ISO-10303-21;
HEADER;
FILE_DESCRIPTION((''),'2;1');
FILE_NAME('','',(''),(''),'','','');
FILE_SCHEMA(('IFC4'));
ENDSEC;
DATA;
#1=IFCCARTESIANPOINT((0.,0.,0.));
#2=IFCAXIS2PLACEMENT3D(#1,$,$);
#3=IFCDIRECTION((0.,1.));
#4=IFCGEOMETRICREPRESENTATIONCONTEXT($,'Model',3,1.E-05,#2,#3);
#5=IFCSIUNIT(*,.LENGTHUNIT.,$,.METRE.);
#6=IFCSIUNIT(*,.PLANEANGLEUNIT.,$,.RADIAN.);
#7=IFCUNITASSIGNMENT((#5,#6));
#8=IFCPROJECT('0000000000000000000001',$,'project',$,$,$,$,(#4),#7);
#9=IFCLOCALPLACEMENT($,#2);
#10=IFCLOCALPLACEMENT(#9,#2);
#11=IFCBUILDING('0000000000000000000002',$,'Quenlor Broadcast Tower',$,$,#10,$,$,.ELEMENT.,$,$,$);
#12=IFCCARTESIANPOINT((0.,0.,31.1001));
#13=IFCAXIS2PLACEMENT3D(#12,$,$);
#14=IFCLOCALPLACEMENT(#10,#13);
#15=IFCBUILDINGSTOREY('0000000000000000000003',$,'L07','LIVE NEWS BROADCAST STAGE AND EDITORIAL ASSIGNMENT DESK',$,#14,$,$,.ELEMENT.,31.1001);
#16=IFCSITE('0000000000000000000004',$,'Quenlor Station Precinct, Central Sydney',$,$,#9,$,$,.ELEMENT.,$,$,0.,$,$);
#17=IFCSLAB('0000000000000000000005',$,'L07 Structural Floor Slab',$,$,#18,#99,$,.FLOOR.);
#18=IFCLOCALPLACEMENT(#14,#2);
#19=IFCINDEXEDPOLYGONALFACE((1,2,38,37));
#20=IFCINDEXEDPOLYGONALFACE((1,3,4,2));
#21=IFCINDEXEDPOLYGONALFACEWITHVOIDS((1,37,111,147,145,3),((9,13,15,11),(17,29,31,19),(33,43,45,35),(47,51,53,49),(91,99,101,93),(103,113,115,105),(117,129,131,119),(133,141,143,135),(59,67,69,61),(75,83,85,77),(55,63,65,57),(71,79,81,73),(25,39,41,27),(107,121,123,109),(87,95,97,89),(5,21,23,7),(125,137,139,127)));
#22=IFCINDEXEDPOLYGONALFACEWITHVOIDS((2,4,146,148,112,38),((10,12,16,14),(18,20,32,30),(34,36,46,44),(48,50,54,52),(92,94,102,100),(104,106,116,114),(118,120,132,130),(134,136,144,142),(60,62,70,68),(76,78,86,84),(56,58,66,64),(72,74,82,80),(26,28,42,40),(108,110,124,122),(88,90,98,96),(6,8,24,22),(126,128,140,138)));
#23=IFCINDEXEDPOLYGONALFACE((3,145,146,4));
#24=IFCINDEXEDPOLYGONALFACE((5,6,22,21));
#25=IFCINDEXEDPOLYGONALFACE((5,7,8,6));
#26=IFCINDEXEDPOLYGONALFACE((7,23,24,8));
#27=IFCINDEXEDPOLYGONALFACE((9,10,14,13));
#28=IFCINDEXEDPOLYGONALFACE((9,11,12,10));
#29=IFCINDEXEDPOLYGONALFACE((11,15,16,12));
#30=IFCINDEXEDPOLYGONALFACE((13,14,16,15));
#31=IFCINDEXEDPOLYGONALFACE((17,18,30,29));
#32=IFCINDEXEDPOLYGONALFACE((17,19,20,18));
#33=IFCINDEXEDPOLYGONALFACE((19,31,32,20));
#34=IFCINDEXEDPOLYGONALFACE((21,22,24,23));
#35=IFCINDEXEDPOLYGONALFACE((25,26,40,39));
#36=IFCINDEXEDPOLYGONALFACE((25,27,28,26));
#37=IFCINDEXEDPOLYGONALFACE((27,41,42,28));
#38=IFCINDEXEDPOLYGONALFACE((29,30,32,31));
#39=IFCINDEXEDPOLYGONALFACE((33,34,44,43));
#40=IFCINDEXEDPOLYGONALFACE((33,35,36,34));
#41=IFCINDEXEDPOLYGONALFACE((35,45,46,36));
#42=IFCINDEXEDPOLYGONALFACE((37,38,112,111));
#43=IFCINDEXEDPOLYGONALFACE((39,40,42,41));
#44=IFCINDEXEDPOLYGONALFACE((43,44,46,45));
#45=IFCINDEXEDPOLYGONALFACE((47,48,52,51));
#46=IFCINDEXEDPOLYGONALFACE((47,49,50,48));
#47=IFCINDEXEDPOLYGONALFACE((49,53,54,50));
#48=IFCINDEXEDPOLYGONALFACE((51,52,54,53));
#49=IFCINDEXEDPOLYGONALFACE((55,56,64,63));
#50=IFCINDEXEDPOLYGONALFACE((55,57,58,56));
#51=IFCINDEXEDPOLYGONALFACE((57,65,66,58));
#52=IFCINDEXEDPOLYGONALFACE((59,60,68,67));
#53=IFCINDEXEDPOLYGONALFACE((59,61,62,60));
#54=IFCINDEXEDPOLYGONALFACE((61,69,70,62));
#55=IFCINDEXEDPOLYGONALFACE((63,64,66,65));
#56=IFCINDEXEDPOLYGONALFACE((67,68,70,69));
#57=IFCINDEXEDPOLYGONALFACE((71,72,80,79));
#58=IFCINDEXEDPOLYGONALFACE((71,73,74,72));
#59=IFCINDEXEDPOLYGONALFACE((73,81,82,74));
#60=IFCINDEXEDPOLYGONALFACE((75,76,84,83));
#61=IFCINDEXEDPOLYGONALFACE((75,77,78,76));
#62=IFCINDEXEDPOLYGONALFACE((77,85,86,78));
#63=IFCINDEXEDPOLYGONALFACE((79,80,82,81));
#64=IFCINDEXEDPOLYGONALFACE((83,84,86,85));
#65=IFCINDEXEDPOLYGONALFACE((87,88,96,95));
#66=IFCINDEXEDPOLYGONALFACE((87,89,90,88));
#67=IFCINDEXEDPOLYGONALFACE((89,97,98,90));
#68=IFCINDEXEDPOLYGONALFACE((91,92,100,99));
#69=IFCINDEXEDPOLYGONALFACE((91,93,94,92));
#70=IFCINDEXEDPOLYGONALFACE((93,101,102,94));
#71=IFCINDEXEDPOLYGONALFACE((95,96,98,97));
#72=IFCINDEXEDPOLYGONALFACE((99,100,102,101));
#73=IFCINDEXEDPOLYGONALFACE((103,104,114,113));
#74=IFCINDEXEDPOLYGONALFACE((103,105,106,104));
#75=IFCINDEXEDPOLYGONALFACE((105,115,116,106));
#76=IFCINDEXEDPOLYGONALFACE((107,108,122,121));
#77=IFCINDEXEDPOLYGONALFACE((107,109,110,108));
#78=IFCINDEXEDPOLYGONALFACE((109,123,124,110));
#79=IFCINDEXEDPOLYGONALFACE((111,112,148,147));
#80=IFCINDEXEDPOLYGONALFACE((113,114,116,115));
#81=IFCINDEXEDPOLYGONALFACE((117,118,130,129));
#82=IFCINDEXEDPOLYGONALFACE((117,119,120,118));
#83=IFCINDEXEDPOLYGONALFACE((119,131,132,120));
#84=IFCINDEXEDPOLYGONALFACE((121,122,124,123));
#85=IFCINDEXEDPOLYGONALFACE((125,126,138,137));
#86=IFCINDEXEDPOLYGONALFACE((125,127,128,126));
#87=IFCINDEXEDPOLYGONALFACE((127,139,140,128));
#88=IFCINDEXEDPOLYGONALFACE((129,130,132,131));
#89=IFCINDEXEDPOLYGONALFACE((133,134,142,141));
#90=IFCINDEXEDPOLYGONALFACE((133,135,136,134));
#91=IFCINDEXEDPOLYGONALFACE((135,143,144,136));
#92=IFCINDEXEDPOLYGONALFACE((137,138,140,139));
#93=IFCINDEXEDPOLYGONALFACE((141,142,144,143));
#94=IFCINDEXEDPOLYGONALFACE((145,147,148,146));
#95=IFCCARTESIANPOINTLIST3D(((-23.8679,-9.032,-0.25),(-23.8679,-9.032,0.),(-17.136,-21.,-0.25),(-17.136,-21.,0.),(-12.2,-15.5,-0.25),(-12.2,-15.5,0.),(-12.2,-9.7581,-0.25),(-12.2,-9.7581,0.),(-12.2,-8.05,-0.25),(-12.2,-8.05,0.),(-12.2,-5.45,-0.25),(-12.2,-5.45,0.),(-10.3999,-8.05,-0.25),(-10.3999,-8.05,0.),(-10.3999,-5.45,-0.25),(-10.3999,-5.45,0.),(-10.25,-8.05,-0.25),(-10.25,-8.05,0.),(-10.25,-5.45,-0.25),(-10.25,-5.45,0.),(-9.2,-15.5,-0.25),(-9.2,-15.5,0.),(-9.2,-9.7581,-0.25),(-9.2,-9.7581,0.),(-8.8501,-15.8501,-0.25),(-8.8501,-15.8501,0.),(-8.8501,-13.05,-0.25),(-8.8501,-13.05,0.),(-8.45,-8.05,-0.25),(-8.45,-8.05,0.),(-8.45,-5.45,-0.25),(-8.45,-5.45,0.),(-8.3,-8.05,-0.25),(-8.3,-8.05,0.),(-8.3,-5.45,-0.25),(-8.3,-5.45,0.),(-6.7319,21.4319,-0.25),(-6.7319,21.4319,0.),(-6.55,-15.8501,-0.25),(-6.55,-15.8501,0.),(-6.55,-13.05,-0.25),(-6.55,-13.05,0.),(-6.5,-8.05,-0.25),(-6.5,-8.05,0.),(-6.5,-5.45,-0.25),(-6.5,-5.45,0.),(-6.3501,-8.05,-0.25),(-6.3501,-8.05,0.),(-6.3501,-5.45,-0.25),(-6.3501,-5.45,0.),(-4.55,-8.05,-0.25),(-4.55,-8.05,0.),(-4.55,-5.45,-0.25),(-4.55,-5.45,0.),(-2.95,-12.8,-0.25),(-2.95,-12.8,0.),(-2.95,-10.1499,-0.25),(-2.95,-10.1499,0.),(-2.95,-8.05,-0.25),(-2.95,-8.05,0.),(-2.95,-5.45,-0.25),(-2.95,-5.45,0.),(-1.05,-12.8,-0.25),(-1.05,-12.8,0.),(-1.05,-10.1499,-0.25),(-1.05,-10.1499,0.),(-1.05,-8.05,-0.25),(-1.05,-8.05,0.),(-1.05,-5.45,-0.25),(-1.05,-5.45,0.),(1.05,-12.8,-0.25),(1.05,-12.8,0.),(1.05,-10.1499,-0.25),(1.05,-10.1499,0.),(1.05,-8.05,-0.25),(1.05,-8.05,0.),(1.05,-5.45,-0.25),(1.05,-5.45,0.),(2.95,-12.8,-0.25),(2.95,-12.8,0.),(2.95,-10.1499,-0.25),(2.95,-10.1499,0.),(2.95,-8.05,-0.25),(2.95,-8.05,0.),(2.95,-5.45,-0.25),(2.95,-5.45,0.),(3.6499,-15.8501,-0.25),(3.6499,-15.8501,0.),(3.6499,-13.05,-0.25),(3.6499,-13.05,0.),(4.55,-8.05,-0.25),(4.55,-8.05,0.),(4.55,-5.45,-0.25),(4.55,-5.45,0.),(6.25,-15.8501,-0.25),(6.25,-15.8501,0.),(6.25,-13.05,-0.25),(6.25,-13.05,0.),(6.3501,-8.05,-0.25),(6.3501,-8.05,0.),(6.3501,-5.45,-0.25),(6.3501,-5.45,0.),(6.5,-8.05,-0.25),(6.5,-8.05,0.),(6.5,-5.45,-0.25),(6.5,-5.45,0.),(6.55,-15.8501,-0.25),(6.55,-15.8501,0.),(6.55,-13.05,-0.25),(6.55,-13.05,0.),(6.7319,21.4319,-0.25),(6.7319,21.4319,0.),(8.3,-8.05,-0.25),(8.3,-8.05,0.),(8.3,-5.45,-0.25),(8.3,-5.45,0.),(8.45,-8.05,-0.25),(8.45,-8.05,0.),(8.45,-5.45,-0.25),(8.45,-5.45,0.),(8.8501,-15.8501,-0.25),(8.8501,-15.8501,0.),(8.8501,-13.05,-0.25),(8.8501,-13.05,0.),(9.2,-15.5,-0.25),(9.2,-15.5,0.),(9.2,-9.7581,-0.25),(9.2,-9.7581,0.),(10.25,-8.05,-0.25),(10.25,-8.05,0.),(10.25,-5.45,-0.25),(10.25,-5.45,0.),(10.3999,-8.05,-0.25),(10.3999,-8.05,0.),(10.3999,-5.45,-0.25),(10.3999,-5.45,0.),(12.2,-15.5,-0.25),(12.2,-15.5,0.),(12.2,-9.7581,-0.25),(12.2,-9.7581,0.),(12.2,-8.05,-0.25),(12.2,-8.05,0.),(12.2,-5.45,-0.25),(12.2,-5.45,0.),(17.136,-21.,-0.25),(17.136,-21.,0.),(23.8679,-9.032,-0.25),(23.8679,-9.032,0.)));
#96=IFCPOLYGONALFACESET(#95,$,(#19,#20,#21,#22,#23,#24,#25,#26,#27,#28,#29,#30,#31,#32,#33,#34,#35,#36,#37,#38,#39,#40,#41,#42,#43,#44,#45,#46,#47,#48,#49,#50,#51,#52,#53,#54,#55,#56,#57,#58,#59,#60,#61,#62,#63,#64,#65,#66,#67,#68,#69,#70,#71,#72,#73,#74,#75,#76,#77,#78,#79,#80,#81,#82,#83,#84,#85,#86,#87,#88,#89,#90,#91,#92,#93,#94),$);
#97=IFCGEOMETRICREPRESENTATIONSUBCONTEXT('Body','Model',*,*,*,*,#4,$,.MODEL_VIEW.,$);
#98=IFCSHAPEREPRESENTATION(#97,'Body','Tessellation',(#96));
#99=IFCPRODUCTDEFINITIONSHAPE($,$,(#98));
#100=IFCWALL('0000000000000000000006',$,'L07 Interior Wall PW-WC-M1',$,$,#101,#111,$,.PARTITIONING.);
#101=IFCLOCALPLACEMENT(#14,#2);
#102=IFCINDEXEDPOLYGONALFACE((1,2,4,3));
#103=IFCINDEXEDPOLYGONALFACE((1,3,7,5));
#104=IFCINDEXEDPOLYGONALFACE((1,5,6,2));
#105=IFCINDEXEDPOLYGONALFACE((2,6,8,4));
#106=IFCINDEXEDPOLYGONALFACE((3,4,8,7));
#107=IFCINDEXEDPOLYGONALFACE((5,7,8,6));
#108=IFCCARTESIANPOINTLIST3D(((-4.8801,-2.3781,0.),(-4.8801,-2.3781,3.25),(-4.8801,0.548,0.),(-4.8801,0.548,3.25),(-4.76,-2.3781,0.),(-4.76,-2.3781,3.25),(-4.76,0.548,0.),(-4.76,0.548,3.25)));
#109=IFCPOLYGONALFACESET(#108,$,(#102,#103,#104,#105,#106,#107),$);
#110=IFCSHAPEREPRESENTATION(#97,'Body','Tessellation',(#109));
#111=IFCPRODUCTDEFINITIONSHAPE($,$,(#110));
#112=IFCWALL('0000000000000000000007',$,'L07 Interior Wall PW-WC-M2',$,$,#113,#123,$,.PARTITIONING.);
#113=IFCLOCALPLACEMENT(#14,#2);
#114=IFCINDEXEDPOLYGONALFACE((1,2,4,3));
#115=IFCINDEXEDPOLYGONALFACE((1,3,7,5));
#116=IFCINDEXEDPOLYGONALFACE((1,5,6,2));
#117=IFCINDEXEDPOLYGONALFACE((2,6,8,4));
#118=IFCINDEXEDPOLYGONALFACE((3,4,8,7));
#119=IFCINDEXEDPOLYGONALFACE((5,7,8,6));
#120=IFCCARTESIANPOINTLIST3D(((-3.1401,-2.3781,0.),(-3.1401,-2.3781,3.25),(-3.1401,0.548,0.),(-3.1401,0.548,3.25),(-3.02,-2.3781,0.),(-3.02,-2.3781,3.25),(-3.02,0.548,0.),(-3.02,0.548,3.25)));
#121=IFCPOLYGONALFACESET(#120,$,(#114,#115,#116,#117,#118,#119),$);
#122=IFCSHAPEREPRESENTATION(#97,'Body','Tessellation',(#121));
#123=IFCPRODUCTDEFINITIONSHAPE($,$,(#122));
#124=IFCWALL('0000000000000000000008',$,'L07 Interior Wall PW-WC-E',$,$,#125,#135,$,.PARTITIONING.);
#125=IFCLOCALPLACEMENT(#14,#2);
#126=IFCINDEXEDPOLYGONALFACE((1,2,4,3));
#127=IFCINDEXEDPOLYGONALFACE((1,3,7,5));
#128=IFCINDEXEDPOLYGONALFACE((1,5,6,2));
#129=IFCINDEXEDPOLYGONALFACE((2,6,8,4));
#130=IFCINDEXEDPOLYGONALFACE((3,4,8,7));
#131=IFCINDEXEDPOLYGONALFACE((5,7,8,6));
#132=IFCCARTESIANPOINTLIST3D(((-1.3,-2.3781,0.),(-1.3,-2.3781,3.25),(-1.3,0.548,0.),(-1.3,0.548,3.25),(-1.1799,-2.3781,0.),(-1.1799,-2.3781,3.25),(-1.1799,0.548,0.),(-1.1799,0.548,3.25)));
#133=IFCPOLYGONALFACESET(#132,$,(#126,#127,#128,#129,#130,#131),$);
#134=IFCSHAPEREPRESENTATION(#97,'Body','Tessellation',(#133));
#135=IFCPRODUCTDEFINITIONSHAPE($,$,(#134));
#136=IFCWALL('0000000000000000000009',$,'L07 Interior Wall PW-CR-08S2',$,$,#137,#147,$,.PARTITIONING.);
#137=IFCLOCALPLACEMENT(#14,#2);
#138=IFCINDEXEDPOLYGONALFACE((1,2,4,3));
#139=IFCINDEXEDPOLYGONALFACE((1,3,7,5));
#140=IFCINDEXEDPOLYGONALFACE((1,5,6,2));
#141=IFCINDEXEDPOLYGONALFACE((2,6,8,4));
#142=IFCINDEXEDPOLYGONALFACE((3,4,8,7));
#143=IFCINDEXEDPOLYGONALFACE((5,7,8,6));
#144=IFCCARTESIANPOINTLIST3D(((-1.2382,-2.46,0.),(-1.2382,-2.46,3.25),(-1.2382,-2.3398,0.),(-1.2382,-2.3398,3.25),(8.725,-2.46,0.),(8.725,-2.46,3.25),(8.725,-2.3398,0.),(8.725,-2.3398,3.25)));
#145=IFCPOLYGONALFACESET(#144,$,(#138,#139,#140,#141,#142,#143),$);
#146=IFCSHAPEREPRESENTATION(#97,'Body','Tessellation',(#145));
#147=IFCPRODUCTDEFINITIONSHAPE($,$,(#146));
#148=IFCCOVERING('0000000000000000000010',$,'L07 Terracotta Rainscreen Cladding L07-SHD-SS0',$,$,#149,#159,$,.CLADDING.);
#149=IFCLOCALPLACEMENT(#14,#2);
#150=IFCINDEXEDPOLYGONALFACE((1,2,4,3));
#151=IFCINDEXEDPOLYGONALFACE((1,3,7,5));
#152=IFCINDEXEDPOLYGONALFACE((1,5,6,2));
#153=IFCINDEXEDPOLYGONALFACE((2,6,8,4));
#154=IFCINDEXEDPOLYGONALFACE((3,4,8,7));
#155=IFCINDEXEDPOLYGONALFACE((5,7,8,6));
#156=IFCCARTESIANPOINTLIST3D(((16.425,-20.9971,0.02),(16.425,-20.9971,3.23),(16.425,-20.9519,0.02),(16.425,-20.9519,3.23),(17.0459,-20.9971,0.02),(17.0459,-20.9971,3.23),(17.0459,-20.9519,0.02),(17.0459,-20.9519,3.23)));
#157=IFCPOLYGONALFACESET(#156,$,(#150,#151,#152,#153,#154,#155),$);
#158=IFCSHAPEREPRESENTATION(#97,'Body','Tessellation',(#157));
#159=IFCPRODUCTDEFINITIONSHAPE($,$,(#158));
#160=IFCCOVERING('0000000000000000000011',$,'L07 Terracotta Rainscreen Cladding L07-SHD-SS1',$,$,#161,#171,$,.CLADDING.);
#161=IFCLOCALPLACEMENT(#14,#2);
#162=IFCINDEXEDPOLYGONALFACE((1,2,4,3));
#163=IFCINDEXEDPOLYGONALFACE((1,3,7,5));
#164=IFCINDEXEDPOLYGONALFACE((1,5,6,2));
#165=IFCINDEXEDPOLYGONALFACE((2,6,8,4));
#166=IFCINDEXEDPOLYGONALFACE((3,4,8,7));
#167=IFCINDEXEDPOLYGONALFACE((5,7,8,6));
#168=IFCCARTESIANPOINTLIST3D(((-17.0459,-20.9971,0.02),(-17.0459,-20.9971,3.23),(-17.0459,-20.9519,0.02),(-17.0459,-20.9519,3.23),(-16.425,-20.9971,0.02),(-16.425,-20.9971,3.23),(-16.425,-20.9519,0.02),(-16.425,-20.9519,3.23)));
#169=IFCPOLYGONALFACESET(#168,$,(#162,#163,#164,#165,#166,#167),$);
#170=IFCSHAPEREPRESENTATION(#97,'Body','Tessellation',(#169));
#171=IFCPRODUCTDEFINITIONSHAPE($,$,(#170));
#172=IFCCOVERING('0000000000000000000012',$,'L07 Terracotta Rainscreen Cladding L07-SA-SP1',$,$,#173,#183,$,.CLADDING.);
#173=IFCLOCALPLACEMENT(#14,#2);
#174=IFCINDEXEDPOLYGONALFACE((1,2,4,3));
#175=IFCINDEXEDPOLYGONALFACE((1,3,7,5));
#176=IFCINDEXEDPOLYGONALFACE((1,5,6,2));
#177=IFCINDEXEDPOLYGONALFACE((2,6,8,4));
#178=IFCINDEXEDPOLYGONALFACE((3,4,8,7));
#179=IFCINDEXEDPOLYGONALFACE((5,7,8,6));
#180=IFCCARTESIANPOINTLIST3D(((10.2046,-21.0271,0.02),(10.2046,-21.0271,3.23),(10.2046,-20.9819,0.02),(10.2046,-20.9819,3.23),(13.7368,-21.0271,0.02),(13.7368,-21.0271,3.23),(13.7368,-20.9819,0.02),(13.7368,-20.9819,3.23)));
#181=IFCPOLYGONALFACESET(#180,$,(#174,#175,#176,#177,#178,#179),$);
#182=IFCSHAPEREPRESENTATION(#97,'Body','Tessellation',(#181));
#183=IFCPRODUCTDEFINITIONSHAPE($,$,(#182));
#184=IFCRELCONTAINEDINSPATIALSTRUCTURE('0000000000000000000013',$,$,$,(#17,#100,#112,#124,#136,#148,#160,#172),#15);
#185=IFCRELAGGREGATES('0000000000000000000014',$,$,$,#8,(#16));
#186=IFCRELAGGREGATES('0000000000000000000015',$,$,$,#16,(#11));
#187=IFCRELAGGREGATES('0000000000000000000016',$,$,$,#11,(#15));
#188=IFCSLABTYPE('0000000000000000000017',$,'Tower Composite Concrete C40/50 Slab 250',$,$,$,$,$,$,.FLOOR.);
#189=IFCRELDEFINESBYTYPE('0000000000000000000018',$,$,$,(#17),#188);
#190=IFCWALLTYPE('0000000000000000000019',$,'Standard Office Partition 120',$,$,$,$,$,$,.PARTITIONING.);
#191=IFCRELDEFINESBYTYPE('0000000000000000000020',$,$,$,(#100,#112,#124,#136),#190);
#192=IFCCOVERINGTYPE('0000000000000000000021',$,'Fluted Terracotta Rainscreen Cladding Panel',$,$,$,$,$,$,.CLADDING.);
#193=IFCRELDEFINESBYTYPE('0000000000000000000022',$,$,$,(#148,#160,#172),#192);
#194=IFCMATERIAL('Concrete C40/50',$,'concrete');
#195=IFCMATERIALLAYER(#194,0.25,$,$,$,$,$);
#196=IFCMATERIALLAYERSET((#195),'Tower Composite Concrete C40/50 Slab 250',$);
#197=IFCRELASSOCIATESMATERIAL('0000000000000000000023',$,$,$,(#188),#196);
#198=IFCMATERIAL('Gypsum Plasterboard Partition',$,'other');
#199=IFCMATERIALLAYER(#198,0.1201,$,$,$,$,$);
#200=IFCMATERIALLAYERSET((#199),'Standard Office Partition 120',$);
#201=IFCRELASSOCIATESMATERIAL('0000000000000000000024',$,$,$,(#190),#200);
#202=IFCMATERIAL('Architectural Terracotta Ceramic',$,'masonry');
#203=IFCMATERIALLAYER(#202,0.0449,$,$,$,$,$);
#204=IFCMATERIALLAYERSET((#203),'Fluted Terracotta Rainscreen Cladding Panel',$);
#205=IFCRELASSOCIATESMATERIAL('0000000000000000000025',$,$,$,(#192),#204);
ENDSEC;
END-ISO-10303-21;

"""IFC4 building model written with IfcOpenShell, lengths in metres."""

from ifc_helpers import new_model, si_unit, direction, frame, frame_2d, origin, place, context, subcontext, project, spatial, polyline, rectangle, outline, extrude, material, layer, layer_set, type_object, element, save


model = new_model("IFC4")

# Units and contexts
model_context = context("Model", 3, precision=1e-05, world=origin(), true_north=direction((0.0, 1.0)))
body_context = subcontext(model_context, "Body", "Model", "MODEL_VIEW")
ifc_project = project(units=[si_unit("LENGTHUNIT", "METRE"), si_unit("PLANEANGLEUNIT", "RADIAN")], contexts=[model_context])

# Site, building, storey
site_placement = place(None, origin())
site = spatial("IfcSite", under=ifc_project, at=site_placement, Name="Quenlor Station Precinct, Central Sydney", CompositionType="ELEMENT", RefElevation=0.0)
building_placement = place(site_placement, origin())
building = spatial("IfcBuilding", under=site, at=building_placement, Name="Quenlor Broadcast Tower", CompositionType="ELEMENT")
storey_placement = place(building_placement, frame((0.0, 0.0, 31.1001)))
storey = spatial("IfcBuildingStorey", under=building, at=storey_placement, Name="L07", Description="LIVE NEWS BROADCAST STAGE AND EDITORIAL ASSIGNMENT DESK", CompositionType="ELEMENT", Elevation=31.1001)

# Slab
ifc_material_1 = material(Name="Concrete C40/50", Category="concrete")
ifc_layer_1 = layer(ifc_material_1, 0.25)
ifc_layer_set_1 = layer_set([ifc_layer_1], Name="Tower Composite Concrete C40/50 Slab 250")
slab_type = type_object("IfcSlabType", Name="Tower Composite Concrete C40/50 Slab 250", PredefinedType="FLOOR", material=ifc_layer_set_1)
slab_placement = place(storey_placement, frame((0.0, 0.0, -0.25)))
element("IfcSlab", 1, at=slab_placement, inside=storey, type_object=slab_type, Name="L07 Structural Floor Slab", PredefinedType="FLOOR", context=body_context, shape_type="SweptSolid", body=[
    extrude(outline(polyline([(17.136, -21.0), (23.8679, -9.032), (6.7319, 21.4319), (-6.7319, 21.4319), (-23.8679, -9.032), (-17.136, -21.0), (17.136, -21.0)]), holes=[polyline([(-12.2, -9.7581), (-12.2, -15.5), (-9.2, -15.5), (-9.2, -9.7581), (-12.2, -9.7581)]), polyline([(9.2, -9.7581), (9.2, -15.5), (12.2, -15.5), (12.2, -9.7581), (9.2, -9.7581)]), polyline([(-12.2, -8.05), (-10.3999, -8.05), (-10.3999, -5.45), (-12.2, -5.45), (-12.2, -8.05)]), polyline([(-10.25, -8.05), (-8.45, -8.05), (-8.45, -5.45), (-10.25, -5.45), (-10.25, -8.05)]), polyline([(-8.3, -8.05), (-6.5, -8.05), (-6.5, -5.45), (-8.3, -5.45), (-8.3, -8.05)]), polyline([(-6.3501, -8.05), (-4.55, -8.05), (-4.55, -5.45), (-6.3501, -5.45), (-6.3501, -8.05)]), polyline([(-2.95, -8.05), (-1.05, -8.05), (-1.05, -5.45), (-2.95, -5.45), (-2.95, -8.05)]), polyline([(1.05, -8.05), (2.95, -8.05), (2.95, -5.45), (1.05, -5.45), (1.05, -8.05)]), polyline([(-2.95, -12.8), (-1.05, -12.8), (-1.05, -10.1499), (-2.95, -10.1499), (-2.95, -12.8)]), polyline([(1.05, -12.8), (2.95, -12.8), (2.95, -10.1499), (1.05, -10.1499), (1.05, -12.8)]), polyline([(4.55, -8.05), (6.3501, -8.05), (6.3501, -5.45), (4.55, -5.45), (4.55, -8.05)]), polyline([(6.5, -8.05), (8.3, -8.05), (8.3, -5.45), (6.5, -5.45), (6.5, -8.05)]), polyline([(8.45, -8.05), (10.25, -8.05), (10.25, -5.45), (8.45, -5.45), (8.45, -8.05)]), polyline([(10.3999, -8.05), (12.2, -8.05), (12.2, -5.45), (10.3999, -5.45), (10.3999, -8.05)]), polyline([(-8.8501, -15.8501), (-6.55, -15.8501), (-6.55, -13.05), (-8.8501, -13.05), (-8.8501, -15.8501)]), polyline([(6.55, -15.8501), (8.8501, -15.8501), (8.8501, -13.05), (6.55, -13.05), (6.55, -15.8501)]), polyline([(3.6499, -15.8501), (6.25, -15.8501), (6.25, -13.05), (3.6499, -13.05), (3.6499, -15.8501)])]), origin(), (0.0, 0.0, 1.0), 0.25),
])

# Walls
ifc_material_2 = material(Name="Gypsum Plasterboard Partition", Category="other")
ifc_layer_2 = layer(ifc_material_2, 0.1201)
ifc_layer_set_2 = layer_set([ifc_layer_2], Name="Standard Office Partition 120")
wall_type = type_object("IfcWallType", Name="Standard Office Partition 120", PredefinedType="PARTITIONING", material=ifc_layer_set_2)
for number, where, z_axis, x_axis, name in (
    (2, (-4.8201, -2.3779, 0.0), (0.0, 0.0, 1.0), (0.0, 1.0, 0.0), "L07 Interior Wall PW-WC-M1"),
    (3, (-3.0801, -2.3779, 0.0), (0.0, 0.0, 1.0), (0.0, 1.0, 0.0), "L07 Interior Wall PW-WC-M2"),
    (4, (-1.24, -2.3779, 0.0), (0.0, 0.0, 1.0), (0.0, 1.0, 0.0), "L07 Interior Wall PW-WC-E"),
):
    element("IfcWall", number, at=place(storey_placement, frame(where, z_axis=z_axis, x_axis=x_axis)), inside=storey, type_object=wall_type, Name=name, PredefinedType="PARTITIONING", context=body_context, shape_type="SweptSolid", body=[
        extrude(rectangle(XDim=2.926, YDim=0.1201, at=frame_2d((1.4629, 0.0))), origin(), (0.0, 0.0, 1.0), 3.25),
    ])
wall_placement = place(storey_placement, frame((-1.238, -2.3999, 0.0), z_axis=(0.0, 0.0, 1.0), x_axis=(1.0, 0.0, 0.0)))
element("IfcWall", 5, at=wall_placement, inside=storey, type_object=wall_type, Name="L07 Interior Wall PW-CR-08S2", PredefinedType="PARTITIONING", context=body_context, shape_type="SweptSolid", body=[
    extrude(rectangle(XDim=9.9631, YDim=0.1201, at=frame_2d((4.9814, 0.0))), origin(), (0.0, 0.0, 1.0), 3.25),
])

# Coverings
ifc_material_3 = material(Name="Architectural Terracotta Ceramic", Category="masonry")
ifc_layer_3 = layer(ifc_material_3, 0.0449)
ifc_layer_set_3 = layer_set([ifc_layer_3], Name="Fluted Terracotta Rainscreen Cladding Panel")
covering_type = type_object("IfcCoveringType", Name="Fluted Terracotta Rainscreen Cladding Panel", PredefinedType="CLADDING", material=ifc_layer_set_3)
covering_1_placement = place(storey_placement, frame((0.0, 0.0, 0.02)))
element("IfcCovering", 6, at=covering_1_placement, inside=storey, type_object=covering_type, Name="L07 Terracotta Rainscreen Cladding L07-SHD-SS0", PredefinedType="CLADDING", context=body_context, shape_type="SweptSolid", body=[
    extrude(outline(polyline([(17.0459, -20.9519), (16.425, -20.9519), (16.425, -20.9971), (17.0459, -20.9971), (17.0459, -20.9519)])), origin(), (0.0, 0.0, 1.0), 3.21),
])
covering_2_placement = place(storey_placement, frame((0.0, 0.0, 0.02)))
element("IfcCovering", 7, at=covering_2_placement, inside=storey, type_object=covering_type, Name="L07 Terracotta Rainscreen Cladding L07-SHD-SS1", PredefinedType="CLADDING", context=body_context, shape_type="SweptSolid", body=[
    extrude(outline(polyline([(-16.425, -20.9519), (-17.0459, -20.9519), (-17.0459, -20.9971), (-16.425, -20.9971), (-16.425, -20.9519)])), origin(), (0.0, 0.0, 1.0), 3.21),
])
covering_3_placement = place(storey_placement, frame((0.0, 0.0, 0.02)))
element("IfcCovering", 8, at=covering_3_placement, inside=storey, type_object=covering_type, Name="L07 Terracotta Rainscreen Cladding L07-SA-SP1", PredefinedType="CLADDING", context=body_context, shape_type="SweptSolid", body=[
    extrude(outline(polyline([(13.7368, -20.9819), (10.2046, -20.9819), (10.2046, -21.0271), (13.7368, -21.0271), (13.7368, -20.9819)])), origin(), (0.0, 0.0, 1.0), 3.21),
])

save(model, "model.ifc")
